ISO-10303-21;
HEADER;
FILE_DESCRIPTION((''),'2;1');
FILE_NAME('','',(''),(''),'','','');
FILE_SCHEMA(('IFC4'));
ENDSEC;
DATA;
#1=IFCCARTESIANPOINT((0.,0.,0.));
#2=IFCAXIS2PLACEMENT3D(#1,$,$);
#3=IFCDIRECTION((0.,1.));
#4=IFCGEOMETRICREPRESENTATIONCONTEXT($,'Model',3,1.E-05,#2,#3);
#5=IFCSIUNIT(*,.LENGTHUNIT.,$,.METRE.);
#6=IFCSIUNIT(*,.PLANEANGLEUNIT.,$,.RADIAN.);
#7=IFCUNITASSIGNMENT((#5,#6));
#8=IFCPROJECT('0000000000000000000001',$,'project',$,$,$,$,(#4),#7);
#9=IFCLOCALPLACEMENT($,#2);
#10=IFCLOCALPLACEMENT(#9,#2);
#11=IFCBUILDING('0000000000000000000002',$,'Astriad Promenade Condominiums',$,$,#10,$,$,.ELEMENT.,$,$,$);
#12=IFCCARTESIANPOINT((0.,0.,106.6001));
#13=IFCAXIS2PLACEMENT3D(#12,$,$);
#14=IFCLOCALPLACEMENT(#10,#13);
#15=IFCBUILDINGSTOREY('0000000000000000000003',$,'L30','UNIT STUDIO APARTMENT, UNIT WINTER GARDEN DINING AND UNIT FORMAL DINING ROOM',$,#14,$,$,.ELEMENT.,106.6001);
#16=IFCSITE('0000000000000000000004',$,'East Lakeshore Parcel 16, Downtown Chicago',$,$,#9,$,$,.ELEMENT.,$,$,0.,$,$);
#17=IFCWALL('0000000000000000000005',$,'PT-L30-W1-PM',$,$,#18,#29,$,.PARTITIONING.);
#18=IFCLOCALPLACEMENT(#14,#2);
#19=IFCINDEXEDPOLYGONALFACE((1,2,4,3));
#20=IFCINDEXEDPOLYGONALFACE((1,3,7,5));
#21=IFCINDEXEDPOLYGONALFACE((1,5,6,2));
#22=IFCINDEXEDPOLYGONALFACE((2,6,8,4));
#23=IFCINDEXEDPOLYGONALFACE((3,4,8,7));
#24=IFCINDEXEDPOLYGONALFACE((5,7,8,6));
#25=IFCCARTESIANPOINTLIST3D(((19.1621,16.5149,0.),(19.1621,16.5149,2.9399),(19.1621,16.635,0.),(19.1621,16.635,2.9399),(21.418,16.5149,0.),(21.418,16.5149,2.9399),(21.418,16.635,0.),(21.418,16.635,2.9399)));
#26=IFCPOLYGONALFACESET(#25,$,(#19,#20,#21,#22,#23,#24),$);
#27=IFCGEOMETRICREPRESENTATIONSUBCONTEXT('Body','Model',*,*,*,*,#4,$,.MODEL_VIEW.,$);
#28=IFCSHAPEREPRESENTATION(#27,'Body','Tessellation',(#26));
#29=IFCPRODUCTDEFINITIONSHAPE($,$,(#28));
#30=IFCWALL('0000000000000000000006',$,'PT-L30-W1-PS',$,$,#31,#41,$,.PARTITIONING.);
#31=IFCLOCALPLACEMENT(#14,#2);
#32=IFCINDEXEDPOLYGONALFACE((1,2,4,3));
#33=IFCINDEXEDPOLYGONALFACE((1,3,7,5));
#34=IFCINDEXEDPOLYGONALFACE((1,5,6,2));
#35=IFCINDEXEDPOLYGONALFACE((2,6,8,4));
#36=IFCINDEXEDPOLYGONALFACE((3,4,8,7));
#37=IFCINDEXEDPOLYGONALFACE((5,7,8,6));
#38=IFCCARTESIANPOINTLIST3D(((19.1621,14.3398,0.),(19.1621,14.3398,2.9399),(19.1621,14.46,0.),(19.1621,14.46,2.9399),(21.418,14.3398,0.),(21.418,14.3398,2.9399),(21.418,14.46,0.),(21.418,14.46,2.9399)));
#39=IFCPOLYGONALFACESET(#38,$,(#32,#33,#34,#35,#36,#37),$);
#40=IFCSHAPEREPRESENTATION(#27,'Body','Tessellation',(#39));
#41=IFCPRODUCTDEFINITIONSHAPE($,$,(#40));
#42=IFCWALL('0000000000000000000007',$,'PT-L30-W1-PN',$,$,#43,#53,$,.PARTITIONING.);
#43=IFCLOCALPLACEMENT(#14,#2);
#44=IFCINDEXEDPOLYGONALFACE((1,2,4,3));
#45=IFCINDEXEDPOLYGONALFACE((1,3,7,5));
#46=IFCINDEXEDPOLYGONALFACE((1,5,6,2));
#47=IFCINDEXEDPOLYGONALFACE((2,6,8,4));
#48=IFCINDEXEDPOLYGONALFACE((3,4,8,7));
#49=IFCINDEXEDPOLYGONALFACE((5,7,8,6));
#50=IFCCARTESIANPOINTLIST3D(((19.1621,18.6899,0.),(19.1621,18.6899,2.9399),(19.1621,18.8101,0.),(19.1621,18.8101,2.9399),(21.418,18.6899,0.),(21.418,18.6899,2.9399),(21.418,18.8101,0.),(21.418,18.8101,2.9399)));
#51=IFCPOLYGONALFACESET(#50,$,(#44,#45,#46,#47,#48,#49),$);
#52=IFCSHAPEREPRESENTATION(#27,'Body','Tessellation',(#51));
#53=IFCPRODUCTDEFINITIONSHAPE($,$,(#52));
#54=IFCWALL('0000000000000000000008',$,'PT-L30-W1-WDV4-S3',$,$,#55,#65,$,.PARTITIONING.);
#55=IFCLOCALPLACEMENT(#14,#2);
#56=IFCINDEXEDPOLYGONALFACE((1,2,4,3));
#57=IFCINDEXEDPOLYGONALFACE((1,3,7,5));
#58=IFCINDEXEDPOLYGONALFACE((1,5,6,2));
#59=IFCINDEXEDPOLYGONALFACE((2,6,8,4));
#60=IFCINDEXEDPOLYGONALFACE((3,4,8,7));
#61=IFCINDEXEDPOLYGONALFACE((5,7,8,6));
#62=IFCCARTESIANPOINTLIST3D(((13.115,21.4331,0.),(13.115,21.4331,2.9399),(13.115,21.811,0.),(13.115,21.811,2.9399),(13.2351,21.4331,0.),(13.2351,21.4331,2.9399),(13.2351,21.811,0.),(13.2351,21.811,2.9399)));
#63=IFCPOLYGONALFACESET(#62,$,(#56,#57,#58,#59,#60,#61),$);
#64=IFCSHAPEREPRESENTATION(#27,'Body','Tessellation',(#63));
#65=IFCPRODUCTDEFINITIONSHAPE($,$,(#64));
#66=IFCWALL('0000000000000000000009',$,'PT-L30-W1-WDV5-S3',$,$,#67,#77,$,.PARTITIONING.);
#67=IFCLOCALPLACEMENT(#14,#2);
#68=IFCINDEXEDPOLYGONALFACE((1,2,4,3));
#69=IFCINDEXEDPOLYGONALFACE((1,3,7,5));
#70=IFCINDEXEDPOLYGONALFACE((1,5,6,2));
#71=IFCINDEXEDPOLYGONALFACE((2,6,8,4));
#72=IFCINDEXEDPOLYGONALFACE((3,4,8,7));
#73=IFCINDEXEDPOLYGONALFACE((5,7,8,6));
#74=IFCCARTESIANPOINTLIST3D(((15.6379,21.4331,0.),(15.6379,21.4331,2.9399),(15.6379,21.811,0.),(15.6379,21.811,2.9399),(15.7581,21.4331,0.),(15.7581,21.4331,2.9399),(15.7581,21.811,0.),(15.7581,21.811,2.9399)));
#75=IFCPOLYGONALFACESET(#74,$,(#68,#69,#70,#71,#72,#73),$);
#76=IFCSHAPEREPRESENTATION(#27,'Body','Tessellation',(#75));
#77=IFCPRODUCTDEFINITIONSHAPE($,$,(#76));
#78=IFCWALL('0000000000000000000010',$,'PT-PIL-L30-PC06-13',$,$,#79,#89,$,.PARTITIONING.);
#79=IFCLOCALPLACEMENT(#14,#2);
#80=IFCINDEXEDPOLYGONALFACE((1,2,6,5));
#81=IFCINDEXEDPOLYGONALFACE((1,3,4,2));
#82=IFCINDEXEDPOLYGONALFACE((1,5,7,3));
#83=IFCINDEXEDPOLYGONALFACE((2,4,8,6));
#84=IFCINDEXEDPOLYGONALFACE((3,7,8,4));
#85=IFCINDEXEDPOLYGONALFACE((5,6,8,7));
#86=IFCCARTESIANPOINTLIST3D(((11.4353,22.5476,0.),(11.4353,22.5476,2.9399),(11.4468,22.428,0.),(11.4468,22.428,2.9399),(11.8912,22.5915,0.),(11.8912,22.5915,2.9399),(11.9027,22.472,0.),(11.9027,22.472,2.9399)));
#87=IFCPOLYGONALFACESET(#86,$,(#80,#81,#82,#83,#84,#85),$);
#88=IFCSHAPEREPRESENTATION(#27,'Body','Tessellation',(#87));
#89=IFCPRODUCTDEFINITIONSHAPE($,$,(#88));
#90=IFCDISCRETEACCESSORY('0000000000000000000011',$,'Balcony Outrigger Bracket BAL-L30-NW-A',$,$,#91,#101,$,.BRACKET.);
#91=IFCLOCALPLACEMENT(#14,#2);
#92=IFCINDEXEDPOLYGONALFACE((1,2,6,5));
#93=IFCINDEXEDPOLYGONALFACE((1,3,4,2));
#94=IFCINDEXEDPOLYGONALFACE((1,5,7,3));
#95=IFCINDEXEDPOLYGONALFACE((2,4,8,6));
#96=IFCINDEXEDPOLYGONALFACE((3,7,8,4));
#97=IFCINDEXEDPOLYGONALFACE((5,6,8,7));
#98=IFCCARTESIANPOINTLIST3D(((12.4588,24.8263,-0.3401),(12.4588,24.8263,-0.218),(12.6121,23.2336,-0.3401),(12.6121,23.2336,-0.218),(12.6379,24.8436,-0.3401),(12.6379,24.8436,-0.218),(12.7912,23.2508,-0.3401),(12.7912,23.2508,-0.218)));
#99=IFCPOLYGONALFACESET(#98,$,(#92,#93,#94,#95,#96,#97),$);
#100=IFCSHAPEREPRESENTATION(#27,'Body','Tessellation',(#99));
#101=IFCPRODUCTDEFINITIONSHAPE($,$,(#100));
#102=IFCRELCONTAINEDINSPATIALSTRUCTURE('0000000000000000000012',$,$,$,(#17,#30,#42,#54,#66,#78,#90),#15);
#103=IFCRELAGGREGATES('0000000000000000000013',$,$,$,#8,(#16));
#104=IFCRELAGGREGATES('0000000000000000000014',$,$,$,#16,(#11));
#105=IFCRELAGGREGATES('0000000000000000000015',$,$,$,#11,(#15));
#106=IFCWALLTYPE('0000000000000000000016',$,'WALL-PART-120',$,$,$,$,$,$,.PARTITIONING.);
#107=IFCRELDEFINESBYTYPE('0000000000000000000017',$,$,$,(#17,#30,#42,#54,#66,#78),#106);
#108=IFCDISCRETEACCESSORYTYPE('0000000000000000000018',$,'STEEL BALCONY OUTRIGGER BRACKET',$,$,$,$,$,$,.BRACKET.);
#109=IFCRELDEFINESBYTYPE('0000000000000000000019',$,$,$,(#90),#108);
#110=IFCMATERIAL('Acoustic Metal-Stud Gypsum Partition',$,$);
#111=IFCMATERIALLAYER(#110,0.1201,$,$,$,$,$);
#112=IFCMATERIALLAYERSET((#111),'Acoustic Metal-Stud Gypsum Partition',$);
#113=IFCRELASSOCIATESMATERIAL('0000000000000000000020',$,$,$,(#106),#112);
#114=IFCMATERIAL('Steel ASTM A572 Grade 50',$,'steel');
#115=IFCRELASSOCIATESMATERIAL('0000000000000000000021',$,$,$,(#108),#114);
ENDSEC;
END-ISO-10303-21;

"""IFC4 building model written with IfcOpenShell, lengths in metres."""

from ifc_helpers import new_model, si_unit, direction, frame, frame_2d, origin, origin_2d, place, context, subcontext, project, spatial, rectangle, extrude, source, transform, mapped, material, layer, layer_set, type_object, type_shapes, element, save


model = new_model("IFC4")

# Units and contexts
model_context = context("Model", 3, precision=1e-05, world=origin(), true_north=direction((0.0, 1.0)))
body_context = subcontext(model_context, "Body", "Model", "MODEL_VIEW")
ifc_project = project(units=[si_unit("LENGTHUNIT", "METRE"), si_unit("PLANEANGLEUNIT", "RADIAN")], contexts=[model_context])

# Site, building, storey
site_placement = place(None, origin())
site = spatial("IfcSite", under=ifc_project, at=site_placement, Name="East Lakeshore Parcel 16, Downtown Chicago", CompositionType="ELEMENT", RefElevation=0.0)
building_placement = place(site_placement, origin())
building = spatial("IfcBuilding", under=site, at=building_placement, Name="Astriad Promenade Condominiums", CompositionType="ELEMENT")
storey_placement = place(building_placement, frame((0.0, 0.0, 106.6001)))
storey = spatial("IfcBuildingStorey", under=building, at=storey_placement, Name="L30", Description="UNIT STUDIO APARTMENT, UNIT WINTER GARDEN DINING AND UNIT FORMAL DINING ROOM", CompositionType="ELEMENT", Elevation=106.6001)

# Shared definitions
ifc_material_1 = material(Name="Acoustic Metal-Stud Gypsum Partition")
ifc_layer_1 = layer(ifc_material_1, 0.1201)
ifc_layer_set_1 = layer_set([ifc_layer_1], Name="Acoustic Metal-Stud Gypsum Partition")
wall_type_1 = type_object("IfcWallType", Name="WALL-PART-120", PredefinedType="PARTITIONING", material=ifc_layer_set_1)

# Walls
for number, where, z_axis, x_axis, name in (
    (1, (19.1621, 16.575, 0.0), (0.0, 0.0, 1.0), (1.0, 0.0, 0.0), "PT-L30-W1-PM"),
    (2, (19.1621, 14.3999, 0.0), (0.0, 0.0, 1.0), (1.0, 0.0, 0.0), "PT-L30-W1-PS"),
    (3, (19.1621, 18.75, 0.0), (0.0, 0.0, 1.0), (1.0, 0.0, 0.0), "PT-L30-W1-PN"),
):
    element("IfcWall", number, at=place(storey_placement, frame(where, z_axis=z_axis, x_axis=x_axis)), inside=storey, type_object=wall_type_1, Name=name, PredefinedType="PARTITIONING", context=body_context, shape_type="SweptSolid", body=[
        extrude(rectangle(XDim=2.2559, YDim=0.1201, at=frame_2d((1.1279, 0.0))), origin(), (0.0, 0.0, 1.0), 2.9399),
    ])
for number, where, z_axis, x_axis, name in (
    (4, (13.175, 21.4331, 0.0), (0.0, 0.0, 1.0), (0.0, 1.0, 0.0), "PT-L30-W1-WDV4-S3"),
    (5, (15.698, 21.4331, 0.0), (0.0, 0.0, 1.0), (0.0, 1.0, 0.0), "PT-L30-W1-WDV5-S3"),
):
    element("IfcWall", number, at=place(storey_placement, frame(where, z_axis=z_axis, x_axis=x_axis)), inside=storey, type_object=wall_type_1, Name=name, PredefinedType="PARTITIONING", context=body_context, shape_type="SweptSolid", body=[
        extrude(rectangle(XDim=0.3779, YDim=0.1201, at=frame_2d((0.189, 0.0))), origin(), (0.0, 0.0, 1.0), 2.9399),
    ])
wall_1_placement = place(storey_placement, frame((11.897, 22.5317, 0.0), z_axis=(0.0, 0.0, 1.0), x_axis=(-0.995385, -0.095966, 0.0)))
element("IfcWall", 6, at=wall_1_placement, inside=storey, type_object=wall_type_1, Name="PT-PIL-L30-PC06-13", PredefinedType="PARTITIONING", context=body_context, shape_type="SweptSolid", body=[
    extrude(rectangle(XDim=0.458, YDim=0.1201, at=frame_2d((0.229, 0.0))), origin(), (0.0, 0.0, 1.0), 2.9399),
])

# Discrete accessory
ifc_material_2 = material(Name="Steel ASTM A572 Grade 50", Category="steel")
discrete_accessory_type = type_object("IfcDiscreteAccessoryType", Name="STEEL BALCONY OUTRIGGER BRACKET", PredefinedType="BRACKET", material=ifc_material_2)
shared_shape_1 = source(origin(), body_context, "Body", "SweptSolid", [
    extrude(rectangle(XDim=1.6001, YDim=0.1799, at=origin_2d()), origin(), (0.0, 0.0, 1.0), 0.1221),
])
type_shapes(discrete_accessory_type, [shared_shape_1])
discrete_accessory_placement = place(storey_placement, frame((12.625, 24.0386, -0.3401), z_axis=(0.0, 0.0, 1.0), x_axis=(-0.095846, 0.995396, 0.0)))
element("IfcDiscreteAccessory", 7, at=discrete_accessory_placement, inside=storey, type_object=discrete_accessory_type, Name="Balcony Outrigger Bracket BAL-L30-NW-A", PredefinedType="BRACKET", context=body_context, shape_type="MappedRepresentation", body=[
    mapped(shared_shape_1, transform((0.0, 0.0, 0.0), scale=1.0)),
])

save(model, "model.ifc")
